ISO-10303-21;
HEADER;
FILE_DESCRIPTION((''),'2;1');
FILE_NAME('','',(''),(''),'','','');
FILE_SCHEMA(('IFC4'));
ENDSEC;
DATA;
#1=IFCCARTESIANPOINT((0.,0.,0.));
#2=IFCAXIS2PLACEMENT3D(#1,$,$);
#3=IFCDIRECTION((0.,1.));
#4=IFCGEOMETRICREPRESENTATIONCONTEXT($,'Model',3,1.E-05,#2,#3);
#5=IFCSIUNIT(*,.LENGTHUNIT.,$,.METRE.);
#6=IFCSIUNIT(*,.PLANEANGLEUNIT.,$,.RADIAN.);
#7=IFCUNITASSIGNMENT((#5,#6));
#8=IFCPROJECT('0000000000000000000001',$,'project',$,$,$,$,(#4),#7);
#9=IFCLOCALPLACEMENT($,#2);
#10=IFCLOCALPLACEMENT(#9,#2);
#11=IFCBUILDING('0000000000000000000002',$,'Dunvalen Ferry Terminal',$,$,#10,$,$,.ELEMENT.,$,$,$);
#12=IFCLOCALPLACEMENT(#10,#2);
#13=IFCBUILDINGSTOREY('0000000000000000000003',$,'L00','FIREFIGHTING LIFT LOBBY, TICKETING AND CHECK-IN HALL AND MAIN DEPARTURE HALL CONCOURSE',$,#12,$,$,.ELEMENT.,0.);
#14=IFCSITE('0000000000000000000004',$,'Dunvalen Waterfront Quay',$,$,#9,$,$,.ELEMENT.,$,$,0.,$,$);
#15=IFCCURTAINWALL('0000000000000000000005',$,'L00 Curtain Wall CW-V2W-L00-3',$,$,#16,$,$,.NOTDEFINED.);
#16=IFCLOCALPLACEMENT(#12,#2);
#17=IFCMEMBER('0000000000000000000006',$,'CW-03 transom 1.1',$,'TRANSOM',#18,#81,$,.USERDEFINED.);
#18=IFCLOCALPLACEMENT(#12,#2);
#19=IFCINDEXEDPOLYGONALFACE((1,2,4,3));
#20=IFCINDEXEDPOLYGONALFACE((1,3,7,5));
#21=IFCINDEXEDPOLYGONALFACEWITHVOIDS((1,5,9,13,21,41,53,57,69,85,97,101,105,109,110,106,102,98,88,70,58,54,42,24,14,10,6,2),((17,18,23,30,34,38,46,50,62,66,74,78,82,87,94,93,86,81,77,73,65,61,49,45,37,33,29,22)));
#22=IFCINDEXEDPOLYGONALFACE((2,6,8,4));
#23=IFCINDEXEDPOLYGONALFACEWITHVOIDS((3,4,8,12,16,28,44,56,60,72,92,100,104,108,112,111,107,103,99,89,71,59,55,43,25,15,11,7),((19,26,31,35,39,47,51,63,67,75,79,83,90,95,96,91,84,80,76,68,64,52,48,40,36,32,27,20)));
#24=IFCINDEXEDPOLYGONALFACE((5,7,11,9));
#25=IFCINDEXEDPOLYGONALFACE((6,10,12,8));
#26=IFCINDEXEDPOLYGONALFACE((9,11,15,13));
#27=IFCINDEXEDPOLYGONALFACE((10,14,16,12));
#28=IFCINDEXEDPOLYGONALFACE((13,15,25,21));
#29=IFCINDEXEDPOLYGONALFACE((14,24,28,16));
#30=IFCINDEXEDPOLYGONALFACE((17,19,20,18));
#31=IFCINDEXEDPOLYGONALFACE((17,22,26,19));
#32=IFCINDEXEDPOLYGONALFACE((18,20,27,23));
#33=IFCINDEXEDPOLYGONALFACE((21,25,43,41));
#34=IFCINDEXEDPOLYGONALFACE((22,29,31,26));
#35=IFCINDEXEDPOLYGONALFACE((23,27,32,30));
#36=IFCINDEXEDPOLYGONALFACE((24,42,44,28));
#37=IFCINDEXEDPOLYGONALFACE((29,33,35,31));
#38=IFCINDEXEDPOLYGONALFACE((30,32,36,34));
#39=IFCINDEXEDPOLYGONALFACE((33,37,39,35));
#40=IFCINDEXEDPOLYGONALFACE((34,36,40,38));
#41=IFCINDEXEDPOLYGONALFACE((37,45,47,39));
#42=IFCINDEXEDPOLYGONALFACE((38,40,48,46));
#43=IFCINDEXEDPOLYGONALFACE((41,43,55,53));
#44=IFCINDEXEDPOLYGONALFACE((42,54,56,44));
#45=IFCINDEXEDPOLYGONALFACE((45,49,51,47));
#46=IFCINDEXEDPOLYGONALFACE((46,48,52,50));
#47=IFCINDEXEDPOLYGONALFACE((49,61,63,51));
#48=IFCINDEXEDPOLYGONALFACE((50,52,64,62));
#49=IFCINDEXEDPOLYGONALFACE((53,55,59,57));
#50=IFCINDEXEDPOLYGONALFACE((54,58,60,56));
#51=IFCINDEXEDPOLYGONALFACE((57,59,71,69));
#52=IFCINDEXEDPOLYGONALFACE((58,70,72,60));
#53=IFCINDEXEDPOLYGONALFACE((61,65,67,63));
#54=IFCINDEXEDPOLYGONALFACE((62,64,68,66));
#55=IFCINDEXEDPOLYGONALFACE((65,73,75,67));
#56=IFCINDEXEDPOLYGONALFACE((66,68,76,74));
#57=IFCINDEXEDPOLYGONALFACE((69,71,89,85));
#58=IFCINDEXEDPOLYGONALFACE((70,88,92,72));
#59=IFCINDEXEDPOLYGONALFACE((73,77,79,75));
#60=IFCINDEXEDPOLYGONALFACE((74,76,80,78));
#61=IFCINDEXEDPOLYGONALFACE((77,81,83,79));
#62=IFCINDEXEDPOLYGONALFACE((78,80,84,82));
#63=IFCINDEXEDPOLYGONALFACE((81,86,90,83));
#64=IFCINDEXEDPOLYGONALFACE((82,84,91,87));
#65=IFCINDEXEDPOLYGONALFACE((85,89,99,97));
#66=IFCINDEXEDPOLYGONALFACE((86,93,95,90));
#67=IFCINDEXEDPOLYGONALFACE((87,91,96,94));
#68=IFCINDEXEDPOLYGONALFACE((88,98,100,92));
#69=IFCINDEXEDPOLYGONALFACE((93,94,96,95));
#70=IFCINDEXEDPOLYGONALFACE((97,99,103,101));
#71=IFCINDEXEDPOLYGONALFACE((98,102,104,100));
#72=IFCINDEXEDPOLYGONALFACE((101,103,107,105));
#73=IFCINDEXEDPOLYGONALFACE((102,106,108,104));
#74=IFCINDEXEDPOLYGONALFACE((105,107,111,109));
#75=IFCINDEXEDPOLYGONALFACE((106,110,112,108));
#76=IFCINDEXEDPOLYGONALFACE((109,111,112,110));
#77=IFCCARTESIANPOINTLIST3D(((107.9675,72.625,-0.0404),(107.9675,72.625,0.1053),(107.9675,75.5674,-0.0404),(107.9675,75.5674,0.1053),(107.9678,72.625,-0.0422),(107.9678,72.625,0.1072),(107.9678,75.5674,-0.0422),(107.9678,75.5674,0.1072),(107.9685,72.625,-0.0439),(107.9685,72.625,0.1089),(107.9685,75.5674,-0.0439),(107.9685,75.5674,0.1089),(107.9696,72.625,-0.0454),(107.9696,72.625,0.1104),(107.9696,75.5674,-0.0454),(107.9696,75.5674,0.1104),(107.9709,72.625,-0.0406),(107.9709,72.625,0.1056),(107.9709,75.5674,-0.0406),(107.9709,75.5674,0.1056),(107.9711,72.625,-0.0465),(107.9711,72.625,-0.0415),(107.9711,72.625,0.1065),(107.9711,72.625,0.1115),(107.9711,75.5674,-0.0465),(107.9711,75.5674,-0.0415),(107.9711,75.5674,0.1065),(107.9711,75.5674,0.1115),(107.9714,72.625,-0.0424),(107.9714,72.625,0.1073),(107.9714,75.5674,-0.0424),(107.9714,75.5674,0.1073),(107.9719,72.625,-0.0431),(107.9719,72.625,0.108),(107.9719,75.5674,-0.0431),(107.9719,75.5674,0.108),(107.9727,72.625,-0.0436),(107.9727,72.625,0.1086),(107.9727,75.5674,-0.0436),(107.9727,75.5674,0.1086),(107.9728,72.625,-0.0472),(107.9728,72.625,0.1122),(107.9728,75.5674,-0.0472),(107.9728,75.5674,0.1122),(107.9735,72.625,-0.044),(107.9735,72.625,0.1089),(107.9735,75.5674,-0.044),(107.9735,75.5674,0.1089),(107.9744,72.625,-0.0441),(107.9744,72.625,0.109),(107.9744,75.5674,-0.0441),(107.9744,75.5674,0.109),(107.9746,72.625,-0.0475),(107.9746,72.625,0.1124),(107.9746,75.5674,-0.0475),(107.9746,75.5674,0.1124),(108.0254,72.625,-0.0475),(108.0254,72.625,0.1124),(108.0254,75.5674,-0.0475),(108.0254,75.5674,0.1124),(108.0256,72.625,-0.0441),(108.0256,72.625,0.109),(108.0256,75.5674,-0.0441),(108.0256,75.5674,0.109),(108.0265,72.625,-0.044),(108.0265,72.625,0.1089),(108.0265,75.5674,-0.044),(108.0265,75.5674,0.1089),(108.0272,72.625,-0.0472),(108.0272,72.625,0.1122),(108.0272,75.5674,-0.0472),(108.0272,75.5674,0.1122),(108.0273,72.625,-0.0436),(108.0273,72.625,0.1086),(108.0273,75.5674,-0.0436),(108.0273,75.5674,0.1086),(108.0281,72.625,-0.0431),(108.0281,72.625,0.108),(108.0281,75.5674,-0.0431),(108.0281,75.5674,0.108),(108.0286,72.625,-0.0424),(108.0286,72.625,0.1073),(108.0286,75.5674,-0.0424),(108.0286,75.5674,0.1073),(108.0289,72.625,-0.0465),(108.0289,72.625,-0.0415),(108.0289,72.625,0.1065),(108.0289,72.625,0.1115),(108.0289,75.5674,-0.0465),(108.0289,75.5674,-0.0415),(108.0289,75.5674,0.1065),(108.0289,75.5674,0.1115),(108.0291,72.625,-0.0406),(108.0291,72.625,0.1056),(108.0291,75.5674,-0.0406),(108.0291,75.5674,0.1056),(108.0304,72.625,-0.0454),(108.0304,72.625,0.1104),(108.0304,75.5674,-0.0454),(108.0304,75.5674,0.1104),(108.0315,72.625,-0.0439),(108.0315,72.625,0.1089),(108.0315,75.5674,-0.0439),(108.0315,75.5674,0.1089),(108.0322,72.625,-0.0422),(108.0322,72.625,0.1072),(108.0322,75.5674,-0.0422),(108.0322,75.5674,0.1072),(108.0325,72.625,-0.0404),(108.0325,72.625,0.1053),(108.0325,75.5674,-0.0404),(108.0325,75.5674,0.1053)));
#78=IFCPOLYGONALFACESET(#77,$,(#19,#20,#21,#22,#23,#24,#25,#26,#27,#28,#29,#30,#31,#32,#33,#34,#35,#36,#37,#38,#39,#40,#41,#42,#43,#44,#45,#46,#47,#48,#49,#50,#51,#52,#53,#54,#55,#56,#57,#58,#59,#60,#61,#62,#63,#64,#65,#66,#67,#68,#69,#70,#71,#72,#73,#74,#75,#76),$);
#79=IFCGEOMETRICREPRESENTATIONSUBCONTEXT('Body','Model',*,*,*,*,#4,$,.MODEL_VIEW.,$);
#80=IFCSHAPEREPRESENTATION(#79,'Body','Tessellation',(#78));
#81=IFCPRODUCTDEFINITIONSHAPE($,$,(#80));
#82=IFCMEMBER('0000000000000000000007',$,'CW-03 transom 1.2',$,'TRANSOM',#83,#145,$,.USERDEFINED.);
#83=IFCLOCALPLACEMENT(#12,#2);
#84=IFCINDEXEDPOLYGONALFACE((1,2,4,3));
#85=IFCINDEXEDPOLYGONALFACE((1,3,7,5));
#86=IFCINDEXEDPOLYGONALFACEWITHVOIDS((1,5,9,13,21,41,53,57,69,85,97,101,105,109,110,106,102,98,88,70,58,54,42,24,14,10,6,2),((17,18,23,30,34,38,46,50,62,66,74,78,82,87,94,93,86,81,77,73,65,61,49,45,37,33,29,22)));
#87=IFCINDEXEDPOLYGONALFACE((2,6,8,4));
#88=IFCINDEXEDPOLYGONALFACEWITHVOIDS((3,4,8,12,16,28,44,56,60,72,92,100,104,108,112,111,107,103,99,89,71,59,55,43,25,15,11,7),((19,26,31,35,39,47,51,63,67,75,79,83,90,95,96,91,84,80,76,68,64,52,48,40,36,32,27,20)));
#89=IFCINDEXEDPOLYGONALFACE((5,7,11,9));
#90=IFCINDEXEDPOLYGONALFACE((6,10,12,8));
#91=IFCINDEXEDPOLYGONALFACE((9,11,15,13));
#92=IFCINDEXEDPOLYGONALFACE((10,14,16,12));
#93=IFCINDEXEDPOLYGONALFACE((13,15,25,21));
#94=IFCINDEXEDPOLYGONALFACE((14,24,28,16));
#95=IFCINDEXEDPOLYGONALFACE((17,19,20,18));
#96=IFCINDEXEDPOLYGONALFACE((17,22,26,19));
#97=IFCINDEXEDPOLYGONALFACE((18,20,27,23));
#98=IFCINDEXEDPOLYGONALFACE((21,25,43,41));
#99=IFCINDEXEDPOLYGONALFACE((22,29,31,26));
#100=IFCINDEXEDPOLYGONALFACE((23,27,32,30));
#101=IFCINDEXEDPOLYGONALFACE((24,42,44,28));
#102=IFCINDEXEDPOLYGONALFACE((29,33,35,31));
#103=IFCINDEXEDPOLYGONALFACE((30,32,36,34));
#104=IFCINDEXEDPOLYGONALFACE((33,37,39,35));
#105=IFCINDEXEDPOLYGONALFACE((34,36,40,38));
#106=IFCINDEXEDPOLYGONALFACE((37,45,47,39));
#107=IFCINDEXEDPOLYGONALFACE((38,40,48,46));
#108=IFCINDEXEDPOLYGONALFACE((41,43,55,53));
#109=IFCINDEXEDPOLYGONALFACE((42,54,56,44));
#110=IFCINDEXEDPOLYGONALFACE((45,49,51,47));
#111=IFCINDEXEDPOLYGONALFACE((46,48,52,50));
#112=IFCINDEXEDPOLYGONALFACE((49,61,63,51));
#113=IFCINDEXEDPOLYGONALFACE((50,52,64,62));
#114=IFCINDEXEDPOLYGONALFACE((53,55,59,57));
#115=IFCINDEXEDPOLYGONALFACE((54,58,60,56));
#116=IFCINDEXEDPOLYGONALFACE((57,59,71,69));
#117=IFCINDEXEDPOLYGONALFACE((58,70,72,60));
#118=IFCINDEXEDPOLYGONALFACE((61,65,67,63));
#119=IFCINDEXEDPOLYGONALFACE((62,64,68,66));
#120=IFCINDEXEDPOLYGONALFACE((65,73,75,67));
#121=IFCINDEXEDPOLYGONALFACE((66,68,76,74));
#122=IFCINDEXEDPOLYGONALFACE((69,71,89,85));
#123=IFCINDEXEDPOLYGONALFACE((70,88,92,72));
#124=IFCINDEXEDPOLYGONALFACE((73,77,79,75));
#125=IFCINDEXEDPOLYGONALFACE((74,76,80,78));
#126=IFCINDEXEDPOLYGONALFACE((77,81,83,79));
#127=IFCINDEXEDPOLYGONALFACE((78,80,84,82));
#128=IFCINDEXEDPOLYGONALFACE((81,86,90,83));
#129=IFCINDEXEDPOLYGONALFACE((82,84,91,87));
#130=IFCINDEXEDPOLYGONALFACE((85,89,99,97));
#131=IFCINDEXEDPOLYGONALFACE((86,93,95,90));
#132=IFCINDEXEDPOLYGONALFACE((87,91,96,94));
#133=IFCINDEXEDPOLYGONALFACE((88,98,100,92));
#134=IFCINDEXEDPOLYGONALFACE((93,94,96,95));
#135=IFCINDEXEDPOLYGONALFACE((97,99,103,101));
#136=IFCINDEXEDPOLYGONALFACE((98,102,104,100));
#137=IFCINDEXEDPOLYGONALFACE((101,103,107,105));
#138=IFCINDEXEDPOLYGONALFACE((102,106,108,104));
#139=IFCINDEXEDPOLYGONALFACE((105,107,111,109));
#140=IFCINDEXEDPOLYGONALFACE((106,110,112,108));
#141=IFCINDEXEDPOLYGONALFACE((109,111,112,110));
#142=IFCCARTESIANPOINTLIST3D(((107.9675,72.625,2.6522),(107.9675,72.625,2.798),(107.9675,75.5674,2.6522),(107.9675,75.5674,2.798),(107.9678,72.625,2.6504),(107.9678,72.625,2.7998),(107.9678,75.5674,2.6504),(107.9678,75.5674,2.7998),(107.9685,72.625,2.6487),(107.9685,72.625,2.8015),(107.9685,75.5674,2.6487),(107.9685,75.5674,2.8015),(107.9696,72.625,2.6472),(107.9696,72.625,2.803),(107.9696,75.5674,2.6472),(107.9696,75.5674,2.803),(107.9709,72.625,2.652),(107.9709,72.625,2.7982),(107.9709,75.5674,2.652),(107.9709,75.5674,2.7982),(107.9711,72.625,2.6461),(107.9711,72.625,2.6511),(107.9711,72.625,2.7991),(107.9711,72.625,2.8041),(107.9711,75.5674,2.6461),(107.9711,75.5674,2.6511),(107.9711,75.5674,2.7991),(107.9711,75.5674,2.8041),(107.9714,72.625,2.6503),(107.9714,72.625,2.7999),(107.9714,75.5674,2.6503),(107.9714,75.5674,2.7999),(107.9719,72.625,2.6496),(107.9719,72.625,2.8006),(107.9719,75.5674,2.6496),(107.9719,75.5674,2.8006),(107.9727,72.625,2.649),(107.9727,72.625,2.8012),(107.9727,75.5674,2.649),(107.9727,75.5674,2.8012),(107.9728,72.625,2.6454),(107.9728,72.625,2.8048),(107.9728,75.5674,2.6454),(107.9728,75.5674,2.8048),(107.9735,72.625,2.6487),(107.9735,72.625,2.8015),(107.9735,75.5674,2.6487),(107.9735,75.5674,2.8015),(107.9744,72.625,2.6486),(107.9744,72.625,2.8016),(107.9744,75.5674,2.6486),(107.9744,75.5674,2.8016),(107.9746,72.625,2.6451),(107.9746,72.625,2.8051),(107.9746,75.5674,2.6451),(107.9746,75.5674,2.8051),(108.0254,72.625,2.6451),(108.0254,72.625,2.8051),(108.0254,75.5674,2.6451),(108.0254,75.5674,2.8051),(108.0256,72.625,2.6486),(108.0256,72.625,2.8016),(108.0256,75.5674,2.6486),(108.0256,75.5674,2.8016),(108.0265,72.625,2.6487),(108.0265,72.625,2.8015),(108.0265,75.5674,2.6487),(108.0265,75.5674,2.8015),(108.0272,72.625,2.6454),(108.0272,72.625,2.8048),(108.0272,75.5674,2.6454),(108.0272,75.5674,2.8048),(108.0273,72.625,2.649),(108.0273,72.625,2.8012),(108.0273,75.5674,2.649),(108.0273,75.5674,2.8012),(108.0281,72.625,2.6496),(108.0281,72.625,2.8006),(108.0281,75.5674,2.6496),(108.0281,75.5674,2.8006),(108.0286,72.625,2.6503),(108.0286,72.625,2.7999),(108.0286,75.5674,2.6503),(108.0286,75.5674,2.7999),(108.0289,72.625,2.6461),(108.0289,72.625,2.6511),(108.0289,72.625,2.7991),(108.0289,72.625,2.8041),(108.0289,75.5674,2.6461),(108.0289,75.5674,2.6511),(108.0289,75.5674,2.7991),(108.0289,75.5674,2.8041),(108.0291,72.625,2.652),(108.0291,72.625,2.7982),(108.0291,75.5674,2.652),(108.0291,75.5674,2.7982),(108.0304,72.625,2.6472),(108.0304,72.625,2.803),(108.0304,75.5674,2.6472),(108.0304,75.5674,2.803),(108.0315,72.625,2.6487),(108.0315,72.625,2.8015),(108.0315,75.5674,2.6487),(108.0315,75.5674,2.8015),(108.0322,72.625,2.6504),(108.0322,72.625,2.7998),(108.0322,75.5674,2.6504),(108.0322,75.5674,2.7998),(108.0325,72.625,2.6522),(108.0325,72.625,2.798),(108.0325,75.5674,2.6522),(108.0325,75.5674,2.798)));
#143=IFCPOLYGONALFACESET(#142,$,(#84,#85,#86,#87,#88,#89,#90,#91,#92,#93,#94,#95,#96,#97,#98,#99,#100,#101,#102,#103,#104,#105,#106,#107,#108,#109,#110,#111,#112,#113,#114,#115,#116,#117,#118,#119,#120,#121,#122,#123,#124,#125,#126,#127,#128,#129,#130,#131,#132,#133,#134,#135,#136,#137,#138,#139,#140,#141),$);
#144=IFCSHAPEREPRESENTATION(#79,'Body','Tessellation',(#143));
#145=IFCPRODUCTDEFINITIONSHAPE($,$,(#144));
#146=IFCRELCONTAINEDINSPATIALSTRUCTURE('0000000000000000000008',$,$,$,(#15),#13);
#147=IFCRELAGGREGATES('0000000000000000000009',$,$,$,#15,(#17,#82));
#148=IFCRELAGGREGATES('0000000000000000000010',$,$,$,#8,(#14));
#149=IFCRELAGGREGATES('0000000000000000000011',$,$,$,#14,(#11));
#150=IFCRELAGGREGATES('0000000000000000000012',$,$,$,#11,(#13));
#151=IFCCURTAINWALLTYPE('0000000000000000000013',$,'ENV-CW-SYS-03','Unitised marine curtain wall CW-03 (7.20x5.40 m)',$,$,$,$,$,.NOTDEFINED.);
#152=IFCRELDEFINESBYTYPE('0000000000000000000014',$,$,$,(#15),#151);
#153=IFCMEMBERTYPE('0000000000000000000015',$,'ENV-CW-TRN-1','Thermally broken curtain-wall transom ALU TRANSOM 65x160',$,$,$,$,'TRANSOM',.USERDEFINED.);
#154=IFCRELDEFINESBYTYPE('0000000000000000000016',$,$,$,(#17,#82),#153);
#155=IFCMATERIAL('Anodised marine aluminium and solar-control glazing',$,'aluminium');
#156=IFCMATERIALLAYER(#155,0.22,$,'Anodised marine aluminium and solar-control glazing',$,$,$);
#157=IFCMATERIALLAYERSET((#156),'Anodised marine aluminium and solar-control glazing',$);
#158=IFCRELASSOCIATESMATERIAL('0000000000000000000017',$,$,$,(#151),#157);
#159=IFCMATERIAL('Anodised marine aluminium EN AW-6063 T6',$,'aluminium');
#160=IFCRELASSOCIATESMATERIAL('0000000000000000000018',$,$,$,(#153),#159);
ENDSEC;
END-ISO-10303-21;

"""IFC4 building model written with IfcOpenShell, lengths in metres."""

from ifc_helpers import new_model, si_unit, direction, frame, origin, origin_2d, place, context, subcontext, project, spatial, hollow_rectangle, extrude, material, layer, layer_set, material_profile, profile_set, type_object, element, aggregate, save


model = new_model("IFC4")

# Units and contexts
model_context = context("Model", 3, precision=1e-05, world=origin(), true_north=direction((0.0, 1.0)))
body_context = subcontext(model_context, "Body", "Model", "MODEL_VIEW")
ifc_project = project(units=[si_unit("LENGTHUNIT", "METRE"), si_unit("PLANEANGLEUNIT", "RADIAN")], contexts=[model_context])

# Site, building, storey
site_placement = place(None, origin())
site = spatial("IfcSite", under=ifc_project, at=site_placement, Name="Dunvalen Waterfront Quay", CompositionType="ELEMENT", RefElevation=0.0)
building_placement = place(site_placement, origin())
building = spatial("IfcBuilding", under=site, at=building_placement, Name="Dunvalen Ferry Terminal", CompositionType="ELEMENT")
storey_placement = place(building_placement, origin())
storey = spatial("IfcBuildingStorey", under=building, at=storey_placement, Name="L00", Description="FIREFIGHTING LIFT LOBBY, TICKETING AND CHECK-IN HALL AND MAIN DEPARTURE HALL CONCOURSE", CompositionType="ELEMENT", Elevation=0.0)

# Shared definitions
ifc_material_1 = material(Name="Anodised marine aluminium and solar-control glazing", Category="aluminium")
ifc_layer_1 = layer(ifc_material_1, 0.22, Name="Anodised marine aluminium and solar-control glazing")
ifc_layer_set_1 = layer_set([ifc_layer_1], Name="Anodised marine aluminium and solar-control glazing")
curtain_wall_type = type_object("IfcCurtainWallType", Name="ENV-CW-SYS-03", Description="Unitised marine curtain wall CW-03 (7.20x5.40 m)", PredefinedType="NOTDEFINED", material=ifc_layer_set_1)
ifc_material_2 = material(Name="Anodised marine aluminium EN AW-6063 T6", Category="aluminium")

# Curtain wall
curtain_wall_1_placement = place(storey_placement, origin())
curtain_wall_1 = element("IfcCurtainWall", 1, at=curtain_wall_1_placement, inside=storey, type_object=curtain_wall_type, Name="L00 Curtain Wall CW-V2W-L00-3", PredefinedType="NOTDEFINED")

# Members
ifc_material_profile_1 = material_profile(ifc_material_2, hollow_rectangle(XDim=0.0649, YDim=0.1599, WallThickness=0.0034, InnerFilletRadius=0.0034, OuterFilletRadius=0.0071, at=origin_2d()), Name="Anodised marine aluminium EN AW-6063 T6")
ifc_profile_set_1 = profile_set([ifc_material_profile_1], Name="Anodised marine aluminium EN AW-6063 T6")
member_type_1 = type_object("IfcMemberType", Name="ENV-CW-TRN-1", Description="Thermally broken curtain-wall transom ALU TRANSOM 65x160", ElementType="TRANSOM", PredefinedType="USERDEFINED", material=ifc_profile_set_1)
member_1_placement = place(storey_placement, frame((108.0, 72.625, 0.0325), z_axis=(0.0, 1.0, 0.0), x_axis=(-1.0, 0.0, 0.0)))
member_1 = element("IfcMember", 2, at=member_1_placement, type_object=member_type_1, Name="CW-03 transom 1.1", ObjectType="TRANSOM", PredefinedType="USERDEFINED", context=body_context, shape_type="SweptSolid", body=[
    extrude(hollow_rectangle(XDim=0.0649, YDim=0.1599, WallThickness=0.0034, InnerFilletRadius=0.0034, OuterFilletRadius=0.0071, at=origin_2d()), origin(), (0.0, 0.0, 1.0), 2.9424),
])
member_2_placement = place(storey_placement, frame((108.0, 72.625, 2.7251), z_axis=(0.0, 1.0, 0.0), x_axis=(-1.0, 0.0, 0.0)))
member_2 = element("IfcMember", 3, at=member_2_placement, type_object=member_type_1, Name="CW-03 transom 1.2", ObjectType="TRANSOM", PredefinedType="USERDEFINED", context=body_context, shape_type="SweptSolid", body=[
    extrude(hollow_rectangle(XDim=0.0649, YDim=0.1599, WallThickness=0.0034, InnerFilletRadius=0.0034, OuterFilletRadius=0.0071, at=origin_2d()), origin(), (0.0, 0.0, 1.0), 2.9424),
])

aggregate(curtain_wall_1, [member_1, member_2])

save(model, "model.ifc")
